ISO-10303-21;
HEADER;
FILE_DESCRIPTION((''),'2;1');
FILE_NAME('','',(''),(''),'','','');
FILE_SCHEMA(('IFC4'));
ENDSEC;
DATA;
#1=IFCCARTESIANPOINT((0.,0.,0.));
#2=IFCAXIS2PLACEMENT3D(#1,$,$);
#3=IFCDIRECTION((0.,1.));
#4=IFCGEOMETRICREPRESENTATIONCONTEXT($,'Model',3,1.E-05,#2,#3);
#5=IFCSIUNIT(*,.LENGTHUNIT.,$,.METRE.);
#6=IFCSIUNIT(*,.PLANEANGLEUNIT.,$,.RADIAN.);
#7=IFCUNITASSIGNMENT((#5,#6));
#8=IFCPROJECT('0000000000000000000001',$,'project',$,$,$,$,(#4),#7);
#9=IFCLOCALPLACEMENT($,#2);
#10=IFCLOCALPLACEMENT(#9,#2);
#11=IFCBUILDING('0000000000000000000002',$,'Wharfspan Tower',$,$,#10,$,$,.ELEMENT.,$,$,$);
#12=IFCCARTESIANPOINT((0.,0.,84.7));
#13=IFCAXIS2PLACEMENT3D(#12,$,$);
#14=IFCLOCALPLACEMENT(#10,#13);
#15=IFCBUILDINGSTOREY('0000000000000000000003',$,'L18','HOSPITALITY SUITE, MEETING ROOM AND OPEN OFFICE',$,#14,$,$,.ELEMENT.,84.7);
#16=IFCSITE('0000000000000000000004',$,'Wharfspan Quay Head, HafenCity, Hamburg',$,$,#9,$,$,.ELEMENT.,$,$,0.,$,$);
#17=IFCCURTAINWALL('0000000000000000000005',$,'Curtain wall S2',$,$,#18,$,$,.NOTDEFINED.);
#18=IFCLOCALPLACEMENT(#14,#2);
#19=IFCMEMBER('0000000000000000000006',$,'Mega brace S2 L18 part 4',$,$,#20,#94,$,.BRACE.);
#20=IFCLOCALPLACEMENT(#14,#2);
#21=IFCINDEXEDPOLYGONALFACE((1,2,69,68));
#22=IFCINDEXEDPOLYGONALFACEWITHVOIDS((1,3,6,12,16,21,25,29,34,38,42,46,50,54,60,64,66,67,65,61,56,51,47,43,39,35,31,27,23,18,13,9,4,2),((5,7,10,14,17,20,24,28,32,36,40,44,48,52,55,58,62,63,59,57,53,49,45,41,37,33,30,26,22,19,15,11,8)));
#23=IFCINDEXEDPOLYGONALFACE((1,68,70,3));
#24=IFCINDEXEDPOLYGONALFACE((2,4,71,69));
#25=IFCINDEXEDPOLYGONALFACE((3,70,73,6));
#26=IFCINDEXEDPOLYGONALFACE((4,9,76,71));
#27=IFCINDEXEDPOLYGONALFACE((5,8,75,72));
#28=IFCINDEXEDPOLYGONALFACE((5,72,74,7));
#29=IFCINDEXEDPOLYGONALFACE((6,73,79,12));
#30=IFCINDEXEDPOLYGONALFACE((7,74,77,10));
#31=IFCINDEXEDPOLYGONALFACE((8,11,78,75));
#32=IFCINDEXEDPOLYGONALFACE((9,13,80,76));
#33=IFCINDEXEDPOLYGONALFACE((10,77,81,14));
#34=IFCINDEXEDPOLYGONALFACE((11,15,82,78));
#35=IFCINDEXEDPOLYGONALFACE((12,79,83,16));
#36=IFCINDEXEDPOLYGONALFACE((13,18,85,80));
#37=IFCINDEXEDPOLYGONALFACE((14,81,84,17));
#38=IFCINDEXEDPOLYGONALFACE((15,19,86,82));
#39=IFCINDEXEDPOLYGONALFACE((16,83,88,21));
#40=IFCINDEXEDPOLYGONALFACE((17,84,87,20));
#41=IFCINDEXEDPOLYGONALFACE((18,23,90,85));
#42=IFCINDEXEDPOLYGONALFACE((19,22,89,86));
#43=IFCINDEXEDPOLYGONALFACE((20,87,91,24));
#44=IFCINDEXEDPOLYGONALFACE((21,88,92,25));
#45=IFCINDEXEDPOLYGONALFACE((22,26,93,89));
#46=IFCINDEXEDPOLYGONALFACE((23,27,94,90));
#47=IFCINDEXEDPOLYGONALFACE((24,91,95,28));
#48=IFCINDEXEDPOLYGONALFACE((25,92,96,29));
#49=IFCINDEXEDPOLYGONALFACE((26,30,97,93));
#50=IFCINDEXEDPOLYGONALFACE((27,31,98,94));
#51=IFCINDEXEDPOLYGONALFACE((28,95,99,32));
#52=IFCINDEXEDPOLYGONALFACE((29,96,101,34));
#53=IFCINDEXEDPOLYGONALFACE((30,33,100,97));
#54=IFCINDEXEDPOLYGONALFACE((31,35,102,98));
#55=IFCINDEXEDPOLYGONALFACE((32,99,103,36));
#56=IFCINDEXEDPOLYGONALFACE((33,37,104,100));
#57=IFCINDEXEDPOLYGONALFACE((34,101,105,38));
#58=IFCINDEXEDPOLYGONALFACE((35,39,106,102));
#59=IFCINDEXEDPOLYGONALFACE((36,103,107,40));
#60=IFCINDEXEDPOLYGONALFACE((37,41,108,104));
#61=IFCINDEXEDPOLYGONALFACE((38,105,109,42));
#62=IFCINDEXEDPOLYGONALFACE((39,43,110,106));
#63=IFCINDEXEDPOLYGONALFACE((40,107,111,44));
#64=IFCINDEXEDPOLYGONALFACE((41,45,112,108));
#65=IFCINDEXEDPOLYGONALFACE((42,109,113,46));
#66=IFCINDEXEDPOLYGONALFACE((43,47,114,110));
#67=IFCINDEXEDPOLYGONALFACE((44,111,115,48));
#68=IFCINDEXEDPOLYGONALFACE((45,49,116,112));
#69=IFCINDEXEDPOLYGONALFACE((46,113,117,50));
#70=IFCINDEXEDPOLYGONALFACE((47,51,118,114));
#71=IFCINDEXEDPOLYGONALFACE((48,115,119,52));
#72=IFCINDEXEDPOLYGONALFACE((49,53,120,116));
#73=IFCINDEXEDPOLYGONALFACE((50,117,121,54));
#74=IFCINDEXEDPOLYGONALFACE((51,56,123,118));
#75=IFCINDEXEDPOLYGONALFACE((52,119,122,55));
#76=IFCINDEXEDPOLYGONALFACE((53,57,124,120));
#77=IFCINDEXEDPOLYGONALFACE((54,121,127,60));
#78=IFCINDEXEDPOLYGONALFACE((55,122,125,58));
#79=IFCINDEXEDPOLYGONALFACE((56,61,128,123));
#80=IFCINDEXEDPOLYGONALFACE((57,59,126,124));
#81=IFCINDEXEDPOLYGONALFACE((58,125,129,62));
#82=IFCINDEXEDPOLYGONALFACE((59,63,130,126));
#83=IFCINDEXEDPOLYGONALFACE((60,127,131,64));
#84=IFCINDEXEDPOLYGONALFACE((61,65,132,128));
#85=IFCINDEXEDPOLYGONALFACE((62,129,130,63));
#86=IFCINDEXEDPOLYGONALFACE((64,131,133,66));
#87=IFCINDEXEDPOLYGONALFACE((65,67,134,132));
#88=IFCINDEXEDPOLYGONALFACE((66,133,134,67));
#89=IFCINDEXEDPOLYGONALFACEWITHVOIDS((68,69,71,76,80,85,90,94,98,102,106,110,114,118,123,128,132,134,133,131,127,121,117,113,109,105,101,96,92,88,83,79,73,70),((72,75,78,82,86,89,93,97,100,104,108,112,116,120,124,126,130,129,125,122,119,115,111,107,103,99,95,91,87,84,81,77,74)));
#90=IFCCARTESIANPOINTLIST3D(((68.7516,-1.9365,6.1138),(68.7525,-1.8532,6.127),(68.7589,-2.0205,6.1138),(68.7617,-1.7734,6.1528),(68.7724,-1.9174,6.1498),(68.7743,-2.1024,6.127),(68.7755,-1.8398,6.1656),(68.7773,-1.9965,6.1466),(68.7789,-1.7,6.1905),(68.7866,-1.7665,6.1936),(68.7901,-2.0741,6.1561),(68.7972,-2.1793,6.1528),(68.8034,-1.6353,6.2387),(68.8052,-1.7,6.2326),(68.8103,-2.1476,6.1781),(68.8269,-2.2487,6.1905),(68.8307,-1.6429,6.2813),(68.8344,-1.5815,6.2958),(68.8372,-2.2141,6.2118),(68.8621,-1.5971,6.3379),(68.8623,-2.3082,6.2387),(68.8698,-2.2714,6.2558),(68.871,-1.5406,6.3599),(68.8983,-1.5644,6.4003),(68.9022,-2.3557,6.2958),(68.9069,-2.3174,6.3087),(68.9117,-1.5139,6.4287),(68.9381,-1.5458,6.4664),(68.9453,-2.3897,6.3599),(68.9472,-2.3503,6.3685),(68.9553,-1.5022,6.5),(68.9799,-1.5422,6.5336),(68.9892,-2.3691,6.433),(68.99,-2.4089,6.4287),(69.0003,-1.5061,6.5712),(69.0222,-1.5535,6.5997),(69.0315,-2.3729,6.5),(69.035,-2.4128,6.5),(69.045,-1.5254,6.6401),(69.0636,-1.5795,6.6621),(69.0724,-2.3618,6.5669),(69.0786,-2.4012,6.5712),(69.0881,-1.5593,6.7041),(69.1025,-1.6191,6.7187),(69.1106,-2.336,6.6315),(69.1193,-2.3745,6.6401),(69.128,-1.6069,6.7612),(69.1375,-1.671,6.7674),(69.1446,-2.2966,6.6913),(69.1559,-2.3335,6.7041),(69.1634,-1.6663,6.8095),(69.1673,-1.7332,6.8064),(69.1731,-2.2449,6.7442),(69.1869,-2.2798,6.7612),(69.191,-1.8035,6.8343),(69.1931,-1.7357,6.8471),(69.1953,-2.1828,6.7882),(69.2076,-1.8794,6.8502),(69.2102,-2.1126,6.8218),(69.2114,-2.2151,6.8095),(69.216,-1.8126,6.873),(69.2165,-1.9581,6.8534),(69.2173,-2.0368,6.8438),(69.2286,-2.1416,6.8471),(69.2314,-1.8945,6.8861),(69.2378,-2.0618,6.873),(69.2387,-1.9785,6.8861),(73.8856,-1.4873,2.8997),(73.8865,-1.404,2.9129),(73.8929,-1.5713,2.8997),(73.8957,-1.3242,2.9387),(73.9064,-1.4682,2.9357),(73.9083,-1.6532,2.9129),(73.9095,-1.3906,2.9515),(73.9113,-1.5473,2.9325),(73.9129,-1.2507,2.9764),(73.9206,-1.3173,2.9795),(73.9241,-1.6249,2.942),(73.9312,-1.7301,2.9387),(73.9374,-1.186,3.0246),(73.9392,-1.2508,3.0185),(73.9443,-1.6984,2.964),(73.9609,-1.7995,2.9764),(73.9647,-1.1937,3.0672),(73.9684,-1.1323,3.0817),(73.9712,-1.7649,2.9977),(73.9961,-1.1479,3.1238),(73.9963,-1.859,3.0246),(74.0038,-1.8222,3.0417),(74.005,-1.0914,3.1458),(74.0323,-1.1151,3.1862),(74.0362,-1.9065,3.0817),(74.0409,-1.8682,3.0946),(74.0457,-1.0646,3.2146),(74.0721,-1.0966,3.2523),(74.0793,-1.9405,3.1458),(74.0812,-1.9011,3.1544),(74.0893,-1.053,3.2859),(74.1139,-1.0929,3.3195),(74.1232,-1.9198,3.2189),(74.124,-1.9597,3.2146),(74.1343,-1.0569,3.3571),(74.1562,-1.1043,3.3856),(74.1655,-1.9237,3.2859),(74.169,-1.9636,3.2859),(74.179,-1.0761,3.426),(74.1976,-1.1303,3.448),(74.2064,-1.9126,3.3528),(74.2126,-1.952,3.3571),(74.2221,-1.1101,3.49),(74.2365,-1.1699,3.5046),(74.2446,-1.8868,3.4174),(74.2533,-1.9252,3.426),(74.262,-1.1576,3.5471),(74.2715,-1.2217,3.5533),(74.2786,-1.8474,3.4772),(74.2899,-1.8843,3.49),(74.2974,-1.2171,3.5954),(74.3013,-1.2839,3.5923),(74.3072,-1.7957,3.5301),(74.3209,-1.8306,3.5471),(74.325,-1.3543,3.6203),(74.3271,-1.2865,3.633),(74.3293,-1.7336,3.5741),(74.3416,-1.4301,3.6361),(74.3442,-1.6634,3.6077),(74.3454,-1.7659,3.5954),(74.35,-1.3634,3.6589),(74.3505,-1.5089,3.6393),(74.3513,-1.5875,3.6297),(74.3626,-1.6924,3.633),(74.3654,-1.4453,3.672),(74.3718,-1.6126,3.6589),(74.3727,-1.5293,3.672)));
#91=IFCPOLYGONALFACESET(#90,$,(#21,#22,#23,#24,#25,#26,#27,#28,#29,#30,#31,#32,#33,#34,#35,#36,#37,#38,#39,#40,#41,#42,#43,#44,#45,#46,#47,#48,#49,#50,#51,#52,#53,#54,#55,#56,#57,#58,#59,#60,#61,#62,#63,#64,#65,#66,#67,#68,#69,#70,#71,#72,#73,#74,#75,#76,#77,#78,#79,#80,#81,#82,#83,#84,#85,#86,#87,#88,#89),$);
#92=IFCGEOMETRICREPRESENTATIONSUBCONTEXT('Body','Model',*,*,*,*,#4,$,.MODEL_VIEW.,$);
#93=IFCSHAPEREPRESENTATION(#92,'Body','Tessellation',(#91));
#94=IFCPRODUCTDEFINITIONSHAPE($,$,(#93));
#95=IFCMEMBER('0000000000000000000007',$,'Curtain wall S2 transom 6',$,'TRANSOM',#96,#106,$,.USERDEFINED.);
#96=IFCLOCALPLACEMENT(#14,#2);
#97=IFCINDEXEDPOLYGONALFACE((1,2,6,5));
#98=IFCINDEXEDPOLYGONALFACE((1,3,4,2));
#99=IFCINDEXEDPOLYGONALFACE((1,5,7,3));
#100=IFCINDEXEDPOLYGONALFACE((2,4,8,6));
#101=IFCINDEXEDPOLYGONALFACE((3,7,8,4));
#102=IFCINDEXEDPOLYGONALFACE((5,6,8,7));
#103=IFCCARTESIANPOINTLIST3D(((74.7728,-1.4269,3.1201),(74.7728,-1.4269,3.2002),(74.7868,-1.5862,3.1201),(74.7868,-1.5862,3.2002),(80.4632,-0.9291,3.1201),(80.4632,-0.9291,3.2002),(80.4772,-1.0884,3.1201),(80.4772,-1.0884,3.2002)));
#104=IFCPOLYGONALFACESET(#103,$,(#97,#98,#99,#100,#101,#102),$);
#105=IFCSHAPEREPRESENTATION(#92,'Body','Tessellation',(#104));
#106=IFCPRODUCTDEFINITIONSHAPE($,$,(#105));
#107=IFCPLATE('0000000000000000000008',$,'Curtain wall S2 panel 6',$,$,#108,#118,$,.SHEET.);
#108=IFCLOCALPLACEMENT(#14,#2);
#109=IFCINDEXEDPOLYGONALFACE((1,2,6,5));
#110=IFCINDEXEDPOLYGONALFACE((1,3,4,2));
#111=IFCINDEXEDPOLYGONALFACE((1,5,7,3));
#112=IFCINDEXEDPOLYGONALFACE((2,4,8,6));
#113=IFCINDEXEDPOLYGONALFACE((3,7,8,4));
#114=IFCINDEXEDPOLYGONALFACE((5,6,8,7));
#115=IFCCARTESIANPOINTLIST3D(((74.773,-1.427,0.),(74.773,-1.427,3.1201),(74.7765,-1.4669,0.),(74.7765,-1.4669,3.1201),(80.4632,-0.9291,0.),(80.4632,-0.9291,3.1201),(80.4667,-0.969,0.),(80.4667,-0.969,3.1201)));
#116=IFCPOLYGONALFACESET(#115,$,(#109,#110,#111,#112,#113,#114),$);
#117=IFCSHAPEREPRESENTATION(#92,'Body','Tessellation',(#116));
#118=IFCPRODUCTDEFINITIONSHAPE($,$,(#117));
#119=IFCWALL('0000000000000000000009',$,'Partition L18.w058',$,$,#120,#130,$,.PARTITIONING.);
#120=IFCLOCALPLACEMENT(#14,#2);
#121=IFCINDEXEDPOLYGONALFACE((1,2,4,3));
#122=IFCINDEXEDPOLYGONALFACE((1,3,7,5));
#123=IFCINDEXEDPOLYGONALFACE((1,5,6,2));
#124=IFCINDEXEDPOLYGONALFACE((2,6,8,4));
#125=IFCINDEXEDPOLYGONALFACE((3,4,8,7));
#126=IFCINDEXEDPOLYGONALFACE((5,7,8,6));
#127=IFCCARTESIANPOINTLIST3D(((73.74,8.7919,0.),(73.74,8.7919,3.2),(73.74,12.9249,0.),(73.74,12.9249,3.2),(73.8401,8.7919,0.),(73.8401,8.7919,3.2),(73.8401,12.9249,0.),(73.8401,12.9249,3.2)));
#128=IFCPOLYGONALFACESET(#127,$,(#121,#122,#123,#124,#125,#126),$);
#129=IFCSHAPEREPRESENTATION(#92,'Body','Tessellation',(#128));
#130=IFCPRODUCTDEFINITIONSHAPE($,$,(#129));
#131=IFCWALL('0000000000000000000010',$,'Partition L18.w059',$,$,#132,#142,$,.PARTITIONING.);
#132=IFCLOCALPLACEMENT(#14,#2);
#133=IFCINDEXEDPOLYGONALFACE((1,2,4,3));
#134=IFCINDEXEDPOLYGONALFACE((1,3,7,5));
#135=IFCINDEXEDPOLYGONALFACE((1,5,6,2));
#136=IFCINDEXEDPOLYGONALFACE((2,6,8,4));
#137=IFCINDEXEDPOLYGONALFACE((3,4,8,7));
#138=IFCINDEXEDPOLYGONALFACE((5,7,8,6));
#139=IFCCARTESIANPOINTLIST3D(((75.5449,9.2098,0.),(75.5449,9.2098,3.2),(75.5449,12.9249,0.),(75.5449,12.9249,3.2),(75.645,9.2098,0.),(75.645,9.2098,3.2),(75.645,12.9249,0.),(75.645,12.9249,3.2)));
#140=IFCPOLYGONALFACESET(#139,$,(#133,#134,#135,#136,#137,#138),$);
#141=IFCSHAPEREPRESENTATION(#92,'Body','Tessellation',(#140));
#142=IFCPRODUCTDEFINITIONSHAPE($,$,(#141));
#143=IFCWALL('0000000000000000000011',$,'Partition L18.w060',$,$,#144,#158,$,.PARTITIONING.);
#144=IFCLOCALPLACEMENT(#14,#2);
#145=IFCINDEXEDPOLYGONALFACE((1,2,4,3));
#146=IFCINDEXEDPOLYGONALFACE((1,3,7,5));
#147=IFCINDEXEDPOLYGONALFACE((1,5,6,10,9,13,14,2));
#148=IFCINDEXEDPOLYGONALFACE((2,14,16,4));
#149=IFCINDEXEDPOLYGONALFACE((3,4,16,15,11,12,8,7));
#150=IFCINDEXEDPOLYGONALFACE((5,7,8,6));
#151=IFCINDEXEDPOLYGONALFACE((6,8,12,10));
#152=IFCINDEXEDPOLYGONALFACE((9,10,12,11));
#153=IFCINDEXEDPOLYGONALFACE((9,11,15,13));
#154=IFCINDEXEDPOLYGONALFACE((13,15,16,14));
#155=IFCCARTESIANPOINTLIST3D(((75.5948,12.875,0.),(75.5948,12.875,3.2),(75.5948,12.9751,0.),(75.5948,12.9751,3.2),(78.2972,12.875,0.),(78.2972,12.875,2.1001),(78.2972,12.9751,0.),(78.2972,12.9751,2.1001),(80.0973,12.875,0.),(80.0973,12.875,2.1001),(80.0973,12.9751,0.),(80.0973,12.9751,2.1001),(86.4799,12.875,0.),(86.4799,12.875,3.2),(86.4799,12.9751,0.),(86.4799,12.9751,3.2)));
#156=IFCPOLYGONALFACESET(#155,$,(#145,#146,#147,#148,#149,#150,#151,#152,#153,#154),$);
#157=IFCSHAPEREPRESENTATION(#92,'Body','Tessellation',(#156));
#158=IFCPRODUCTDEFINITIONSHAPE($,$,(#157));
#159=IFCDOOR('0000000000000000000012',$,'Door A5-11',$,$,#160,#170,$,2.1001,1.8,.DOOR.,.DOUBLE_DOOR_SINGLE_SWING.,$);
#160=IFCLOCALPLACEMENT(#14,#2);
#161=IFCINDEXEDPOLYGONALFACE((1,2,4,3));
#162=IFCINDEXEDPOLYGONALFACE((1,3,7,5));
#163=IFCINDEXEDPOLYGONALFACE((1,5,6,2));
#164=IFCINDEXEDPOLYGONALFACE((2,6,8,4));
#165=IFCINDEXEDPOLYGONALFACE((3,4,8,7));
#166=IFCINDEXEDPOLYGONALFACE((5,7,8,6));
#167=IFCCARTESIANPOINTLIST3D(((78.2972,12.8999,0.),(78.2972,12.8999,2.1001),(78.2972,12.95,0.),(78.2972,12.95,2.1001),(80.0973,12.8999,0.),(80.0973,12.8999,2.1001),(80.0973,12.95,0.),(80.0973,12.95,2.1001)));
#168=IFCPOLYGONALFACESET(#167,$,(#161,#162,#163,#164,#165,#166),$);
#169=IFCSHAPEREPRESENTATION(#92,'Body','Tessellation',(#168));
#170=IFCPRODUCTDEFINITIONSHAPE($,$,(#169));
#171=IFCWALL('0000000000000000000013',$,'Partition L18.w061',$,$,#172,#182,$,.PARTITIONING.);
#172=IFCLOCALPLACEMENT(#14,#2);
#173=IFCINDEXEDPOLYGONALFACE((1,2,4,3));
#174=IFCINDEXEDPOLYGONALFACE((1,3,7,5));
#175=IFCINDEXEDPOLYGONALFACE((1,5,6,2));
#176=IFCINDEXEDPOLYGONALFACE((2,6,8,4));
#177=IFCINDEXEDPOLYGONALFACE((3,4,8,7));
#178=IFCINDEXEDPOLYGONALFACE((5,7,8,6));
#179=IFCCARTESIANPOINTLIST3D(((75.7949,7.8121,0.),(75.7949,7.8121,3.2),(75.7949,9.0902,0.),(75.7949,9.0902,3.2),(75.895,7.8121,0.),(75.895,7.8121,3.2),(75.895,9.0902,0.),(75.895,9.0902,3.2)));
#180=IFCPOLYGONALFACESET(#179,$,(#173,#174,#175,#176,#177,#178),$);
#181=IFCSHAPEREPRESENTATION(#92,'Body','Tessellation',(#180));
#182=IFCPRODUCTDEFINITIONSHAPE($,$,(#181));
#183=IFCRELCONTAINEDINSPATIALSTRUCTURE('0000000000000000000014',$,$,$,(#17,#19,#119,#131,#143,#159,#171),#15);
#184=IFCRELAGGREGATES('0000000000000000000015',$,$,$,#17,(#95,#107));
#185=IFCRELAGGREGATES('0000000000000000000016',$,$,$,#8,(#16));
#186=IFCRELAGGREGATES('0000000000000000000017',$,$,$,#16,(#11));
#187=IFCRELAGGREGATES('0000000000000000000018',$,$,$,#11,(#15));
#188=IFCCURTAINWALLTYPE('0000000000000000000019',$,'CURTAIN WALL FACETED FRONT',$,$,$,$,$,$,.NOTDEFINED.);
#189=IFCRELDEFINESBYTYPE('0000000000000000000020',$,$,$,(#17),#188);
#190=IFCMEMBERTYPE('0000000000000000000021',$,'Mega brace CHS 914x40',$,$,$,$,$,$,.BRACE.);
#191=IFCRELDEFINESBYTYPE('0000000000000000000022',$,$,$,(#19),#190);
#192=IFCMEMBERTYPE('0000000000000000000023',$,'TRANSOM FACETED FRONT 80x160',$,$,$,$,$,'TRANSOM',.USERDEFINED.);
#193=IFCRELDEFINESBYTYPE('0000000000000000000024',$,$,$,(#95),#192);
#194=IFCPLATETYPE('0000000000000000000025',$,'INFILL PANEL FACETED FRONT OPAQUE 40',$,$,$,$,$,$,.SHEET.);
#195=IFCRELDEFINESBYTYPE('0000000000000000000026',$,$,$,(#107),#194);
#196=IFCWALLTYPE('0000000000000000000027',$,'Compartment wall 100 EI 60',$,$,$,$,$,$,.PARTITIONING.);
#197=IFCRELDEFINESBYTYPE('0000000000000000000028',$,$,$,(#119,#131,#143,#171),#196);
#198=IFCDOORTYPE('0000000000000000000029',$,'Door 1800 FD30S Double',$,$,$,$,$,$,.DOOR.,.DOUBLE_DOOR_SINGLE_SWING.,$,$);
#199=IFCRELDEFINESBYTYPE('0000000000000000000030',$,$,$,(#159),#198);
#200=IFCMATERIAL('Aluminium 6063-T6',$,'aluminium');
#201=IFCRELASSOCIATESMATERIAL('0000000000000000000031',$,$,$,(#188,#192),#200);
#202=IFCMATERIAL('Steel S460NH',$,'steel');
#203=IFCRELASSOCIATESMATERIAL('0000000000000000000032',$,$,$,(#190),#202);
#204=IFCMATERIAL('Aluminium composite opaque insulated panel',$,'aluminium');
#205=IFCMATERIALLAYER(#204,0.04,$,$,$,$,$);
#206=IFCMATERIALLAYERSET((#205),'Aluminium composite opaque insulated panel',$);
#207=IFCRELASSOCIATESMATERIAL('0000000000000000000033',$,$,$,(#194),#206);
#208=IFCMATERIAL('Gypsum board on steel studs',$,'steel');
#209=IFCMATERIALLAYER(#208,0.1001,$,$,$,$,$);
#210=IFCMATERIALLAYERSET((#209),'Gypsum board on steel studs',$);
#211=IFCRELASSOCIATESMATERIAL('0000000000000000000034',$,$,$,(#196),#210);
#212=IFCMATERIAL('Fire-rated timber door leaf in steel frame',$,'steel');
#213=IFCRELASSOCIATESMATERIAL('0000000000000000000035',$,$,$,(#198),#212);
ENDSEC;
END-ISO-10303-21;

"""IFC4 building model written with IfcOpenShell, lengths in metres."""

from ifc_helpers import new_model, si_unit, direction, frame, frame_2d, origin, origin_2d, place, context, subcontext, project, spatial, rectangle, hollow_circle, extrude, material, layer, layer_set, material_profile, profile_set, type_object, element, fill, aggregate, save


model = new_model("IFC4")

# Units and contexts
model_context = context("Model", 3, precision=1e-05, world=origin(), true_north=direction((0.0, 1.0)))
body_context = subcontext(model_context, "Body", "Model", "MODEL_VIEW")
ifc_project = project(units=[si_unit("LENGTHUNIT", "METRE"), si_unit("PLANEANGLEUNIT", "RADIAN")], contexts=[model_context])

# Site, building, storey
site_placement = place(None, origin())
site = spatial("IfcSite", under=ifc_project, at=site_placement, Name="Wharfspan Quay Head, HafenCity, Hamburg", CompositionType="ELEMENT", RefElevation=0.0)
building_placement = place(site_placement, origin())
building = spatial("IfcBuilding", under=site, at=building_placement, Name="Wharfspan Tower", CompositionType="ELEMENT")
storey_placement = place(building_placement, frame((0.0, 0.0, 84.7)))
storey = spatial("IfcBuildingStorey", under=building, at=storey_placement, Name="L18", Description="HOSPITALITY SUITE, MEETING ROOM AND OPEN OFFICE", CompositionType="ELEMENT", Elevation=84.7)

# Curtain wall
ifc_material_1 = material(Name="Aluminium 6063-T6", Category="aluminium")
curtain_wall_type = type_object("IfcCurtainWallType", Name="CURTAIN WALL FACETED FRONT", PredefinedType="NOTDEFINED", material=ifc_material_1)
curtain_wall_placement = place(storey_placement, origin())
curtain_wall = element("IfcCurtainWall", 1, at=curtain_wall_placement, inside=storey, type_object=curtain_wall_type, Name="Curtain wall S2", PredefinedType="NOTDEFINED")

# Member
ifc_material_2 = material(Name="Steel S460NH", Category="steel")
ifc_material_profile_1 = material_profile(ifc_material_2, hollow_circle(Radius=0.457, WallThickness=0.04, at=origin_2d()))
ifc_profile_set_1 = profile_set([ifc_material_profile_1], Name="Steel S460NH")
member_type_1 = type_object("IfcMemberType", Name="Mega brace CHS 914x40", PredefinedType="BRACE", material=ifc_profile_set_1)
member_1_placement = place(storey_placement, frame((74.1291, -1.5083, 3.2859), z_axis=(-0.84528, -0.073961, 0.52918), x_axis=(0.087165, -0.996192, -0.000001)))
element("IfcMember", 2, at=member_1_placement, inside=storey, type_object=member_type_1, Name="Mega brace S2 L18 part 4", PredefinedType="BRACE", context=body_context, shape_type="SweptSolid", body=[
    extrude(hollow_circle(Radius=0.457, WallThickness=0.04, at=origin_2d()), origin(), (0.0, 0.0, 1.0), 6.0737),
])

# Member
ifc_material_profile_2 = material_profile(ifc_material_1, rectangle(XDim=0.1599, YDim=0.0801, at=origin_2d()))
ifc_profile_set_2 = profile_set([ifc_material_profile_2], Name="Aluminium 6063-T6")
member_type_2 = type_object("IfcMemberType", Name="TRANSOM FACETED FRONT 80x160", ElementType="TRANSOM", PredefinedType="USERDEFINED", material=ifc_profile_set_2)
member_2_placement = place(storey_placement, frame((74.7798, -1.5066, 3.1602), z_axis=(0.996195, 0.087148, 0.0), x_axis=(-0.087148, 0.996195, 0.0)))
member_2 = element("IfcMember", 3, at=member_2_placement, type_object=member_type_2, Name="Curtain wall S2 transom 6", ObjectType="TRANSOM", PredefinedType="USERDEFINED", context=body_context, shape_type="SweptSolid", body=[
    extrude(rectangle(XDim=0.1599, YDim=0.0801, at=origin_2d()), origin(), (0.0, 0.0, 1.0), 5.7122),
])

# Plate
ifc_material_3 = material(Name="Aluminium composite opaque insulated panel", Category="aluminium")
ifc_layer_1 = layer(ifc_material_3, 0.04)
ifc_layer_set_1 = layer_set([ifc_layer_1], Name="Aluminium composite opaque insulated panel")
plate_type = type_object("IfcPlateType", Name="INFILL PANEL FACETED FRONT OPAQUE 40", PredefinedType="SHEET", material=ifc_layer_set_1)
plate_placement = place(storey_placement, frame((77.6199, -1.198, 0.0), z_axis=(0.0, 0.0, 1.0), x_axis=(0.996197, 0.087156, 0.0)))
plate = element("IfcPlate", 4, at=plate_placement, type_object=plate_type, Name="Curtain wall S2 panel 6", PredefinedType="SHEET", context=body_context, shape_type="SweptSolid", body=[
    extrude(rectangle(XDim=5.7119, YDim=0.04, at=origin_2d()), origin(), (0.0, 0.0, 1.0), 3.1201),
])
aggregate(curtain_wall, [member_2, plate])

# Walls
ifc_material_4 = material(Name="Gypsum board on steel studs", Category="steel")
ifc_layer_2 = layer(ifc_material_4, 0.1001)
ifc_layer_set_2 = layer_set([ifc_layer_2], Name="Gypsum board on steel studs")
wall_type_1 = type_object("IfcWallType", Name="Compartment wall 100 EI 60", PredefinedType="PARTITIONING", material=ifc_layer_set_2)
wall_1_placement = place(storey_placement, frame((73.79, 8.792, 0.0), z_axis=(0.0, 0.0, 1.0), x_axis=(0.0, 1.0, 0.0)))
element("IfcWall", 5, at=wall_1_placement, inside=storey, type_object=wall_type_1, Name="Partition L18.w058", PredefinedType="PARTITIONING", context=body_context, shape_type="SweptSolid", body=[
    extrude(rectangle(XDim=4.1331, YDim=0.1001, at=frame_2d((2.0664, 0.0))), origin(), (0.0, 0.0, 1.0), 3.2),
])
wall_2_placement = place(storey_placement, frame((75.595, 9.21, 0.0), z_axis=(0.0, 0.0, 1.0), x_axis=(0.0, 1.0, 0.0)))
element("IfcWall", 6, at=wall_2_placement, inside=storey, type_object=wall_type_1, Name="Partition L18.w059", PredefinedType="PARTITIONING", context=body_context, shape_type="SweptSolid", body=[
    extrude(rectangle(XDim=3.7151, YDim=0.1001, at=frame_2d((1.8574, 0.0))), origin(), (0.0, 0.0, 1.0), 3.2),
])

# Wall, opening, door
wall_3_placement = place(storey_placement, frame((75.595, 12.925, 0.0), z_axis=(0.0, 0.0, 1.0), x_axis=(1.0, 0.0, 0.0)))
wall_3 = element("IfcWall", 7, at=wall_3_placement, inside=storey, type_object=wall_type_1, Name="Partition L18.w060", PredefinedType="PARTITIONING", context=body_context, shape_type="SweptSolid", body=[
    extrude(rectangle(XDim=10.885, YDim=0.1001, at=frame_2d((5.4424, 0.0))), origin(), (0.0, 0.0, 1.0), 3.2),
])
opening_placement = place(wall_3_placement, frame((2.7024, 0.0, 0.0)))
opening = element("IfcOpeningElement", 8, at=opening_placement, cuts=wall_3, PredefinedType="OPENING", context=body_context, shape_type="SweptSolid", body=[
    extrude(rectangle(XDim=1.8, YDim=2.1001, at=frame_2d((0.8999, 1.05))), frame((0.0, 0.0601, 0.0), z_axis=(0.0, -1.0, 0.0), x_axis=(1.0, 0.0, 0.0)), (0.0, 0.0, 1.0), 0.1201),
])
ifc_material_5 = material(Name="Fire-rated timber door leaf in steel frame", Category="steel")
door_type = type_object("IfcDoorType", Name="Door 1800 FD30S Double", OperationType="DOUBLE_DOOR_SINGLE_SWING", PredefinedType="DOOR", material=ifc_material_5)
door_placement = place(opening_placement, origin())
door = element("IfcDoor", 9, at=door_placement, inside=storey, type_object=door_type, Name="Door A5-11", OperationType="DOUBLE_DOOR_SINGLE_SWING", OverallHeight=2.1001, OverallWidth=1.8, PredefinedType="DOOR", context=body_context, shape_type="SweptSolid", body=[
    extrude(rectangle(XDim=1.8, YDim=2.1001, at=frame_2d((0.8999, 1.05))), frame((0.0, 0.0249, 0.0), z_axis=(0.0, -1.0, 0.0), x_axis=(1.0, 0.0, 0.0)), (0.0, 0.0, 1.0), 0.05),
])
fill(opening, door)

# Wall
wall_4_placement = place(storey_placement, frame((75.845, 7.812, 0.0), z_axis=(0.0, 0.0, 1.0), x_axis=(0.0, 1.0, 0.0)))
element("IfcWall", 10, at=wall_4_placement, inside=storey, type_object=wall_type_1, Name="Partition L18.w061", PredefinedType="PARTITIONING", context=body_context, shape_type="SweptSolid", body=[
    extrude(rectangle(XDim=1.2781, YDim=0.1001, at=frame_2d((0.6392, 0.0))), origin(), (0.0, 0.0, 1.0), 3.2),
])

save(model, "model.ifc")
